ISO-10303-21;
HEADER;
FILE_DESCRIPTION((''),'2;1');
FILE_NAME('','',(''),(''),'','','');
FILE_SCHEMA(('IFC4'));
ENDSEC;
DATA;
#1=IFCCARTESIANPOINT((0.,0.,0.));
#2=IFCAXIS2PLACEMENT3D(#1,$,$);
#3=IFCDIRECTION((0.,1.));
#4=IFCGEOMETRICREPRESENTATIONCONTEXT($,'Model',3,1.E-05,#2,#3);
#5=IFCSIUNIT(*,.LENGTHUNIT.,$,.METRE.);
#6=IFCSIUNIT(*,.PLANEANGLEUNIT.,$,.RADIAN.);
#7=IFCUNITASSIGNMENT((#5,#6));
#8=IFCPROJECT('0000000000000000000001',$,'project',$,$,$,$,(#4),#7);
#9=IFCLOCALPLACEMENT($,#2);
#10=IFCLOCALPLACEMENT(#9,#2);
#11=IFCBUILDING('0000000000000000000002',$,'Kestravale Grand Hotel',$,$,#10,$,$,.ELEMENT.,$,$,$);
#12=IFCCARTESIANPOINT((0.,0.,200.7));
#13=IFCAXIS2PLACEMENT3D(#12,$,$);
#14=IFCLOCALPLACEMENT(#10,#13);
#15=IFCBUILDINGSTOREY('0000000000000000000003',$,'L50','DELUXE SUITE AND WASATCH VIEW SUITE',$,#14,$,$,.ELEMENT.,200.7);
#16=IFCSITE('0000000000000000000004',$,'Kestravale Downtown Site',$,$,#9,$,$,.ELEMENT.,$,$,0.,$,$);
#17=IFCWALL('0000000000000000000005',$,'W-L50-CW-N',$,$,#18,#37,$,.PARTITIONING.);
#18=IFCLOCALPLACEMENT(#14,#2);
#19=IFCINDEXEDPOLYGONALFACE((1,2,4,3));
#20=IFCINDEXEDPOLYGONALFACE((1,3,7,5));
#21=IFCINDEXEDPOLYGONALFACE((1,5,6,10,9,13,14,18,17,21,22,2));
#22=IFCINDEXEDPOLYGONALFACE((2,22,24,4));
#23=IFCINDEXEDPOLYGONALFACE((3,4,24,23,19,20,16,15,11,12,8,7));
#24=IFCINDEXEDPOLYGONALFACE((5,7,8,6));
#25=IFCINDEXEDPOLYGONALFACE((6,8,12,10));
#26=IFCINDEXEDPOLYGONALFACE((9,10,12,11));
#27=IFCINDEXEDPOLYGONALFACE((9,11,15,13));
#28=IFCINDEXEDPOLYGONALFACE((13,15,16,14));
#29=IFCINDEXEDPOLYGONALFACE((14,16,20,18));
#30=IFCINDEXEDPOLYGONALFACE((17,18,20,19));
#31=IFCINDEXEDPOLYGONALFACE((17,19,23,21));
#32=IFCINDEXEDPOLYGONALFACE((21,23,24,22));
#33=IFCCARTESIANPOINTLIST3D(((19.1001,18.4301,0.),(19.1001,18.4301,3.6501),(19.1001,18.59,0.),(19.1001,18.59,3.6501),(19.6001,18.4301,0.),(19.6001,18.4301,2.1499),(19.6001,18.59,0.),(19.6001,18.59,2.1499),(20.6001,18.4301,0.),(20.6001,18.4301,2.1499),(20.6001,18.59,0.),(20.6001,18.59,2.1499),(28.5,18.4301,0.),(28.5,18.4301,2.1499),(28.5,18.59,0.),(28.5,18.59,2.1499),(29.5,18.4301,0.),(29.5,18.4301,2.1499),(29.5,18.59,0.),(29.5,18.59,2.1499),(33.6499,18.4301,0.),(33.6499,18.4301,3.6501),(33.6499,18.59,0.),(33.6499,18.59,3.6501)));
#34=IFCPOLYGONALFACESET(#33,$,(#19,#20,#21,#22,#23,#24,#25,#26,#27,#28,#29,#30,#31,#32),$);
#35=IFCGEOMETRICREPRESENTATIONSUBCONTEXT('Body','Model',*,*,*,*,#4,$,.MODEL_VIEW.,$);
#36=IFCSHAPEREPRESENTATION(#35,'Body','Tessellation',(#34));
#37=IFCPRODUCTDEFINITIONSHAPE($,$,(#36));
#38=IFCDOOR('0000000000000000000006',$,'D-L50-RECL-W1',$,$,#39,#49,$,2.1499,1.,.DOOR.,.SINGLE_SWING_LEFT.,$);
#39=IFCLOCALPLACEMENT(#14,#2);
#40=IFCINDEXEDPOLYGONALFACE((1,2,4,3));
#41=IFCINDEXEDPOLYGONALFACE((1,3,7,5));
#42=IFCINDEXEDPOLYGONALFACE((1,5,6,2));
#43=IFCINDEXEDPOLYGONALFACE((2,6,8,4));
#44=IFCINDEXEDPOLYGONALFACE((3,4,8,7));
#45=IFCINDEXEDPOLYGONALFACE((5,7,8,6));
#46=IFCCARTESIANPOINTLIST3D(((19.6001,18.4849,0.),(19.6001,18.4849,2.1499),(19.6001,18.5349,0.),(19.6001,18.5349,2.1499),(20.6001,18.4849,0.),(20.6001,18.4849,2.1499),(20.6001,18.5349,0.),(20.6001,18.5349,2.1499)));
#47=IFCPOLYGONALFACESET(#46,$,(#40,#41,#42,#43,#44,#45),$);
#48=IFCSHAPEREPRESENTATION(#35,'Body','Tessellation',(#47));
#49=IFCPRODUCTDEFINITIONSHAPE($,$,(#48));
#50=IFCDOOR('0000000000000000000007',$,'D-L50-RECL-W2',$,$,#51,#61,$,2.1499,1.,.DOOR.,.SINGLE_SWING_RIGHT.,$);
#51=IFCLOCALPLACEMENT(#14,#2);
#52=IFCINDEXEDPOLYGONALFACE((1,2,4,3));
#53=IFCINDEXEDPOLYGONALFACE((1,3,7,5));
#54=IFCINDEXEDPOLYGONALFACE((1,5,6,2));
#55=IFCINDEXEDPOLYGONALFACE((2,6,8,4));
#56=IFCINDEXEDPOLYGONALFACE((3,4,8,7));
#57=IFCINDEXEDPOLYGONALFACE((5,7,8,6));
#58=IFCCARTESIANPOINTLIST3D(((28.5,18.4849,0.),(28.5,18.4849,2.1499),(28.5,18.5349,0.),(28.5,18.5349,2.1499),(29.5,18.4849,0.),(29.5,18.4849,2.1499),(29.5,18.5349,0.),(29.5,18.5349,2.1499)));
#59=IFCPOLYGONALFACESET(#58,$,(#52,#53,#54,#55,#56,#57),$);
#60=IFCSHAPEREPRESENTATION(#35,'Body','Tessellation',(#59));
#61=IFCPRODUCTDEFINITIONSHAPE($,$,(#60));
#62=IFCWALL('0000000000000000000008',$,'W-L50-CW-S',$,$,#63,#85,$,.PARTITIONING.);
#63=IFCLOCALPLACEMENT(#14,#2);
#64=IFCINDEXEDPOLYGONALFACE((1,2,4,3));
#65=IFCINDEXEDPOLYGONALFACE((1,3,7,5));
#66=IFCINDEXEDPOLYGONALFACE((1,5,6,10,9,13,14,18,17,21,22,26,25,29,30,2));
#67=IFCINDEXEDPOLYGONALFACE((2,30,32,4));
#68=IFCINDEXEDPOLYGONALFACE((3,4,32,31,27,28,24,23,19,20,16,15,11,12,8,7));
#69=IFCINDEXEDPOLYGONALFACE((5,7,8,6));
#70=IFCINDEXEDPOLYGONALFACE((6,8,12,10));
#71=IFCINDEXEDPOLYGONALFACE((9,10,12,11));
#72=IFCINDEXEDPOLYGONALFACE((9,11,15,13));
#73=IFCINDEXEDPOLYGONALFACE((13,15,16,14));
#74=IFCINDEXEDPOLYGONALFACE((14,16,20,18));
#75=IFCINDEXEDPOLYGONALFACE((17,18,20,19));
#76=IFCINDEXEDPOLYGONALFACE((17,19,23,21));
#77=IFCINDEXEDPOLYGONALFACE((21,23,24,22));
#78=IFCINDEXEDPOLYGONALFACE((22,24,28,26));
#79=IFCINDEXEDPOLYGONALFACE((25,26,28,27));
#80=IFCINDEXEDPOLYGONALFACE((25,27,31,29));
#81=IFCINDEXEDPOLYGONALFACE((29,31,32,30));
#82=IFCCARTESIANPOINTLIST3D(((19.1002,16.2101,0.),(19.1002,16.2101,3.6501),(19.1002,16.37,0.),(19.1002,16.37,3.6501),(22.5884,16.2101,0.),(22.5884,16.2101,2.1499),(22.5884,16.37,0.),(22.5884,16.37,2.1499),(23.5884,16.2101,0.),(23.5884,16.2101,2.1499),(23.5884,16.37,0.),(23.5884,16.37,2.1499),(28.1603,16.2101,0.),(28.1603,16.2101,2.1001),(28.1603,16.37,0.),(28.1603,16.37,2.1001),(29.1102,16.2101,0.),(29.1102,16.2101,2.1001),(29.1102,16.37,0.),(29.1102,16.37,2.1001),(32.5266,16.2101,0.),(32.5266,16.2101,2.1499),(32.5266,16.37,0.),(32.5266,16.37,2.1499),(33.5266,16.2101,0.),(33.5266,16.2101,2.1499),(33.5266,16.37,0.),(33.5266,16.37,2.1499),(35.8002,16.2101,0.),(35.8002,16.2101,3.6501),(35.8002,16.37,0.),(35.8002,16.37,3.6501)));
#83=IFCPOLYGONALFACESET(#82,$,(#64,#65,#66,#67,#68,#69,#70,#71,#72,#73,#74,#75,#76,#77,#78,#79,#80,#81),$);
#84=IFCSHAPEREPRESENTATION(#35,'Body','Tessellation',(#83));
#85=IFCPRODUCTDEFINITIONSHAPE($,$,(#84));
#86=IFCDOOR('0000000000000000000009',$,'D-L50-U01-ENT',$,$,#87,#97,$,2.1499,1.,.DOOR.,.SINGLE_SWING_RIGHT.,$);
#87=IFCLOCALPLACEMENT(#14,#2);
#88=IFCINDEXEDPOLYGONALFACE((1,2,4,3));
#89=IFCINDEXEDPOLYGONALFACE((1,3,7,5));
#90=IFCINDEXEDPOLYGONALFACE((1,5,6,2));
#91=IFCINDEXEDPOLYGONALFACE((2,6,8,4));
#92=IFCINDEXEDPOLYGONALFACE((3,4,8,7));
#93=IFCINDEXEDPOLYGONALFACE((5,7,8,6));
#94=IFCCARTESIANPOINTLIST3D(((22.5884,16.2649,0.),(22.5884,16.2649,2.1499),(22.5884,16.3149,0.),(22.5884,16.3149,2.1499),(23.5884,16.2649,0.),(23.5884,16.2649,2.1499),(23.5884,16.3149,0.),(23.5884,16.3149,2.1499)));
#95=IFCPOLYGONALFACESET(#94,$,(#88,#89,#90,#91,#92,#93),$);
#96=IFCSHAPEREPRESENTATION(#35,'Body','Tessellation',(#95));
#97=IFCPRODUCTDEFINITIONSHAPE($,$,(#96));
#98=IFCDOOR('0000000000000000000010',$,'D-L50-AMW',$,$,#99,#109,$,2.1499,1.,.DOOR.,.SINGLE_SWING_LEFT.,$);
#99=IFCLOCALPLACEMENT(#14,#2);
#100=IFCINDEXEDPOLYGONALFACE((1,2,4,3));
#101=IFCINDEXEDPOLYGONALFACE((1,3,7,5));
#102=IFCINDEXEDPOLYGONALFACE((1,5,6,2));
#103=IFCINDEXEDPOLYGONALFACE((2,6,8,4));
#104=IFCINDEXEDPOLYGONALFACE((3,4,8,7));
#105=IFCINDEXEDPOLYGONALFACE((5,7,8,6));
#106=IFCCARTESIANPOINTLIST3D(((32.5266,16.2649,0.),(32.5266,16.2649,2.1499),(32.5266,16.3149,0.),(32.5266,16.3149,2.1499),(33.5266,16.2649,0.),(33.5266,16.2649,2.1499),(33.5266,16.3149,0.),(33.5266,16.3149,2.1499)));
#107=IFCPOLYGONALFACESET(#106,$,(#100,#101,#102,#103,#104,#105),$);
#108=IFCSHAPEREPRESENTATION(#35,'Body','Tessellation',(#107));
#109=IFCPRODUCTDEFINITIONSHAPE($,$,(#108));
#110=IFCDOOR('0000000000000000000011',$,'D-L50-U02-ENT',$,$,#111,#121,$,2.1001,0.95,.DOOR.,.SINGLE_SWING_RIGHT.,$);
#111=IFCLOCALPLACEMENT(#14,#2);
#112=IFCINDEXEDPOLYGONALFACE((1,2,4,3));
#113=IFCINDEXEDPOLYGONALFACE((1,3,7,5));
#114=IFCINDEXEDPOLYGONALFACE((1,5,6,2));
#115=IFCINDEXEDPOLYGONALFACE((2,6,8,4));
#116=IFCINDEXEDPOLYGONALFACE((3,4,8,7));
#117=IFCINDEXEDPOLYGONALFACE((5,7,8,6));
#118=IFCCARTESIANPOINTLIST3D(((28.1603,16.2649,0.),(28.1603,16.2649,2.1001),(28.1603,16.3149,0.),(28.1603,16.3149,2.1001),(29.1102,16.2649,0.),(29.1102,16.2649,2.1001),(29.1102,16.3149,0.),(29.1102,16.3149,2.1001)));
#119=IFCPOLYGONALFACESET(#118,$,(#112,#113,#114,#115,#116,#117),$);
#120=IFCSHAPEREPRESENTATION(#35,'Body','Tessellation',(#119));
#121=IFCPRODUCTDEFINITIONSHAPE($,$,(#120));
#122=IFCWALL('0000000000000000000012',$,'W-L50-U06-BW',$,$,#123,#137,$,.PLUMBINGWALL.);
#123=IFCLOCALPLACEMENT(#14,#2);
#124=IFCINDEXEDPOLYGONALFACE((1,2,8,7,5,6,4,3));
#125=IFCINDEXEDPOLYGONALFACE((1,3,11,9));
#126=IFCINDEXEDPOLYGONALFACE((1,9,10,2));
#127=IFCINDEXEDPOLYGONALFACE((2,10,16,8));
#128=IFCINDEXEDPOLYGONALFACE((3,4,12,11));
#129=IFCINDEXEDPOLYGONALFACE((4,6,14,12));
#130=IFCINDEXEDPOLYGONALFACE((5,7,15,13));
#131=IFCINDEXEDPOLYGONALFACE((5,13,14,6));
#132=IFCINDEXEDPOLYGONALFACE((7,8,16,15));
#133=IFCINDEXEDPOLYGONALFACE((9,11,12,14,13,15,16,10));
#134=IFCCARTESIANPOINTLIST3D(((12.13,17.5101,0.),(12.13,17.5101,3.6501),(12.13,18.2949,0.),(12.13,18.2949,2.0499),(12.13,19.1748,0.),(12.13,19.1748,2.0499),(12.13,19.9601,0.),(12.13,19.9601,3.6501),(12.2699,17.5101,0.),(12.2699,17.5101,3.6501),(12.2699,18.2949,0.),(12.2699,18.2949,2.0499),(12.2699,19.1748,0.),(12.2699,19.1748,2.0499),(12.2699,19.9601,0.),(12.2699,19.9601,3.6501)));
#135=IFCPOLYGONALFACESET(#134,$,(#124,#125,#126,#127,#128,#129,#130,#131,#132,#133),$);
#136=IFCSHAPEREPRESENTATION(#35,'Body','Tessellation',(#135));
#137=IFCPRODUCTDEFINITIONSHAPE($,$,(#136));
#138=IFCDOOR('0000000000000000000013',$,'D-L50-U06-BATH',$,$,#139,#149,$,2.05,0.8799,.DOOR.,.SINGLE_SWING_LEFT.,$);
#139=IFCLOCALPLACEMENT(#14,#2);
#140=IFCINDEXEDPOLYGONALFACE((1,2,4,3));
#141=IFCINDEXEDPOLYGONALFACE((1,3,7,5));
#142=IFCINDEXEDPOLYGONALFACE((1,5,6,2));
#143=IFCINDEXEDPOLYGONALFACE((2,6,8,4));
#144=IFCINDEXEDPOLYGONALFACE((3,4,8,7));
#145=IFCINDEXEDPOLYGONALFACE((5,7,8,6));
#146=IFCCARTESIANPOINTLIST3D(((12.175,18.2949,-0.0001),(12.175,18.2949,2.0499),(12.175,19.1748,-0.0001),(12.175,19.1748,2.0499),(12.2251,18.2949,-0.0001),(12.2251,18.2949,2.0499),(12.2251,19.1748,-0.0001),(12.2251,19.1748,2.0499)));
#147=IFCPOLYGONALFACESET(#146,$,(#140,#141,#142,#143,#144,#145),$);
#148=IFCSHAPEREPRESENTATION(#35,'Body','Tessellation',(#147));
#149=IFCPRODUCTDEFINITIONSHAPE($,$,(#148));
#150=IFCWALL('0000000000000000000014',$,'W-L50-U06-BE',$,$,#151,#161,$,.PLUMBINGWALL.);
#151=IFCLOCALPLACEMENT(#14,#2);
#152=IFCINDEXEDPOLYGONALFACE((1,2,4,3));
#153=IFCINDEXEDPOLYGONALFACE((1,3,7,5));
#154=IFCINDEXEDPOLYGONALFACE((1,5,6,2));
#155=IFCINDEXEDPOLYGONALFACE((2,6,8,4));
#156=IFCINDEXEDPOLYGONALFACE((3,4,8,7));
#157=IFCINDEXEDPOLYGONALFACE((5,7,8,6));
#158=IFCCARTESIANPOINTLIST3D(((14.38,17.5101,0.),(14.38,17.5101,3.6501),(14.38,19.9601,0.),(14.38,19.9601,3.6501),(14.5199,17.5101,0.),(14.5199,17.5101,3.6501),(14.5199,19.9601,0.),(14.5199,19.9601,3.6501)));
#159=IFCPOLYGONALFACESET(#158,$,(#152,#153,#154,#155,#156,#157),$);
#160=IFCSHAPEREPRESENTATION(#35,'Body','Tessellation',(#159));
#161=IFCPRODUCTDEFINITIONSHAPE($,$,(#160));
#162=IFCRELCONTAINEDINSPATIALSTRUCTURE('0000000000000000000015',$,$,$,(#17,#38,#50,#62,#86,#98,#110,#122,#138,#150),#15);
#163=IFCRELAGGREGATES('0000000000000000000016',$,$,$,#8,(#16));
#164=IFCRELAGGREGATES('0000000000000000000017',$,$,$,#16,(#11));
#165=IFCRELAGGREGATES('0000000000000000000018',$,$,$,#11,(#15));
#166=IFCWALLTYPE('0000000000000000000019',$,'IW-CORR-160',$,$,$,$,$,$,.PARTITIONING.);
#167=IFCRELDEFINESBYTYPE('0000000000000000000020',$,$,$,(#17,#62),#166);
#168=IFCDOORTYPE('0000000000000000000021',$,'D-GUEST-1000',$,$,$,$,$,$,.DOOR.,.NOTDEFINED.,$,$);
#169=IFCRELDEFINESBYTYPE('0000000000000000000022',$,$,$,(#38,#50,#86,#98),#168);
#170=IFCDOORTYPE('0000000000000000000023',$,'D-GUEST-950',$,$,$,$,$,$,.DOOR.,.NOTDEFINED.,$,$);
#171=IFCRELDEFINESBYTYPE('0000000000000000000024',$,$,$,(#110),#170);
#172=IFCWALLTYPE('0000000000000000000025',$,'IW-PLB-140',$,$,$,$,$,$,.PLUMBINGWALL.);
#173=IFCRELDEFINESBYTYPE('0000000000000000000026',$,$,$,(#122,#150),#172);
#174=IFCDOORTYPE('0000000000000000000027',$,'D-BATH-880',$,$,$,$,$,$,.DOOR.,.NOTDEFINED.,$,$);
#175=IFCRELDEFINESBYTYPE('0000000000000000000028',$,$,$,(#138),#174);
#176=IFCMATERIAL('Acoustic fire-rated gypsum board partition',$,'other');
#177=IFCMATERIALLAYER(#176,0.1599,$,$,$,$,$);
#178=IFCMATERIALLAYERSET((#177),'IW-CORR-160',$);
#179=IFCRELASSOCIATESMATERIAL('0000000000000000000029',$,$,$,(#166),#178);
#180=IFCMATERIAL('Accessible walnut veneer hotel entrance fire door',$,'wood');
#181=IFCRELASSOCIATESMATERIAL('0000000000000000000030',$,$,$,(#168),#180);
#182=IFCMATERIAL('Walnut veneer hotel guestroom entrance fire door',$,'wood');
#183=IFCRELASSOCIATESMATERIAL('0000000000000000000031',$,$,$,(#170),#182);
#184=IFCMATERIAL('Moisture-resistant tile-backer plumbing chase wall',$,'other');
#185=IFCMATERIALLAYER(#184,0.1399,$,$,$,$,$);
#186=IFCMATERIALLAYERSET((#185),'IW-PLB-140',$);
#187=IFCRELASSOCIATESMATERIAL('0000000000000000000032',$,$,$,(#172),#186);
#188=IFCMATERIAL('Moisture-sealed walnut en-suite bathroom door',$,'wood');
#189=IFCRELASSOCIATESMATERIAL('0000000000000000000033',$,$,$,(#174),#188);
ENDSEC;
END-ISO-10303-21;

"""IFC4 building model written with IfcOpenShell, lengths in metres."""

from ifc_helpers import new_model, si_unit, direction, frame, frame_2d, origin, place, context, subcontext, project, spatial, rectangle, extrude, material, layer, layer_set, type_object, element, fill, save


model = new_model("IFC4")

# Units and contexts
model_context = context("Model", 3, precision=1e-05, world=origin(), true_north=direction((0.0, 1.0)))
body_context = subcontext(model_context, "Body", "Model", "MODEL_VIEW")
ifc_project = project(units=[si_unit("LENGTHUNIT", "METRE"), si_unit("PLANEANGLEUNIT", "RADIAN")], contexts=[model_context])

# Site, building, storey
site_placement = place(None, origin())
site = spatial("IfcSite", under=ifc_project, at=site_placement, Name="Kestravale Downtown Site", CompositionType="ELEMENT", RefElevation=0.0)
building_placement = place(site_placement, origin())
building = spatial("IfcBuilding", under=site, at=building_placement, Name="Kestravale Grand Hotel", CompositionType="ELEMENT")
storey_placement = place(building_placement, frame((0.0, 0.0, 200.7)))
storey = spatial("IfcBuildingStorey", under=building, at=storey_placement, Name="L50", Description="DELUXE SUITE AND WASATCH VIEW SUITE", CompositionType="ELEMENT", Elevation=200.7)

# Walls, openings, doors
ifc_material_1 = material(Name="Acoustic fire-rated gypsum board partition", Category="other")
ifc_layer_1 = layer(ifc_material_1, 0.1599)
ifc_layer_set_1 = layer_set([ifc_layer_1], Name="IW-CORR-160")
wall_type_1 = type_object("IfcWallType", Name="IW-CORR-160", PredefinedType="PARTITIONING", material=ifc_layer_set_1)
wall_1_placement = place(storey_placement, frame((19.1001, 18.51, 0.0), z_axis=(0.0, 0.0, 1.0), x_axis=(1.0, 0.0, 0.0)))
wall_1 = element("IfcWall", 1, at=wall_1_placement, inside=storey, type_object=wall_type_1, Name="W-L50-CW-N", PredefinedType="PARTITIONING", context=body_context, shape_type="SweptSolid", body=[
    extrude(rectangle(XDim=14.5498, YDim=0.1599, at=frame_2d((7.2749, 0.0))), origin(), (0.0, 0.0, 1.0), 3.6501),
])
opening_1_placement = place(wall_1_placement, frame((0.5, 0.0, 0.0)))
opening_1 = element("IfcOpeningElement", 2, at=opening_1_placement, cuts=wall_1, PredefinedType="OPENING", context=body_context, shape_type="SweptSolid", body=[
    extrude(rectangle(XDim=1.0, YDim=2.1499, at=frame_2d((0.5, 1.075))), frame((0.0, 0.0898, 0.0), z_axis=(0.0, -1.0, 0.0), x_axis=(1.0, 0.0, 0.0)), (0.0, 0.0, 1.0), 0.1799),
])
opening_2_placement = place(wall_1_placement, frame((9.3999, 0.0, 0.0)))
opening_2 = element("IfcOpeningElement", 3, at=opening_2_placement, cuts=wall_1, PredefinedType="OPENING", context=body_context, shape_type="SweptSolid", body=[
    extrude(rectangle(XDim=1.0, YDim=2.1499, at=frame_2d((0.5, 1.075))), frame((0.0, 0.0898, 0.0), z_axis=(0.0, -1.0, 0.0), x_axis=(1.0, 0.0, 0.0)), (0.0, 0.0, 1.0), 0.1799),
])
ifc_material_2 = material(Name="Accessible walnut veneer hotel entrance fire door", Category="wood")
door_type_1 = type_object("IfcDoorType", Name="D-GUEST-1000", OperationType="NOTDEFINED", PredefinedType="DOOR", material=ifc_material_2)
door_1_placement = place(opening_1_placement, origin())
door_1 = element("IfcDoor", 4, at=door_1_placement, inside=storey, type_object=door_type_1, Name="D-L50-RECL-W1", OperationType="SINGLE_SWING_LEFT", OverallHeight=2.1499, OverallWidth=1.0, PredefinedType="DOOR", context=body_context, shape_type="SweptSolid", body=[
    extrude(rectangle(XDim=1.0, YDim=2.1499, at=frame_2d((0.5, 1.075))), frame((0.0, 0.0249, 0.0), z_axis=(0.0, -1.0, 0.0), x_axis=(1.0, 0.0, 0.0)), (0.0, 0.0, 1.0), 0.05),
])
fill(opening_1, door_1)
door_2_placement = place(opening_2_placement, origin())
door_2 = element("IfcDoor", 5, at=door_2_placement, inside=storey, type_object=door_type_1, Name="D-L50-RECL-W2", OperationType="SINGLE_SWING_RIGHT", OverallHeight=2.1499, OverallWidth=1.0, PredefinedType="DOOR", context=body_context, shape_type="SweptSolid", body=[
    extrude(rectangle(XDim=1.0, YDim=2.1499, at=frame_2d((0.5, 1.075))), frame((0.0, 0.0249, 0.0), z_axis=(0.0, -1.0, 0.0), x_axis=(1.0, 0.0, 0.0)), (0.0, 0.0, 1.0), 0.05),
])
fill(opening_2, door_2)
wall_2_placement = place(storey_placement, frame((19.1001, 16.29, 0.0), z_axis=(0.0, 0.0, 1.0), x_axis=(1.0, 0.0, 0.0)))
wall_2 = element("IfcWall", 6, at=wall_2_placement, inside=storey, type_object=wall_type_1, Name="W-L50-CW-S", PredefinedType="PARTITIONING", context=body_context, shape_type="SweptSolid", body=[
    extrude(rectangle(XDim=16.7, YDim=0.1599, at=frame_2d((8.3501, 0.0))), origin(), (0.0, 0.0, 1.0), 3.6501),
])
opening_3_placement = place(wall_2_placement, frame((3.4883, 0.0, 0.0)))
opening_3 = element("IfcOpeningElement", 7, at=opening_3_placement, cuts=wall_2, PredefinedType="OPENING", context=body_context, shape_type="SweptSolid", body=[
    extrude(rectangle(XDim=1.0, YDim=2.1499, at=frame_2d((0.5, 1.075))), frame((0.0, 0.0898, 0.0), z_axis=(0.0, -1.0, 0.0), x_axis=(1.0, 0.0, 0.0)), (0.0, 0.0, 1.0), 0.1799),
])
opening_4_placement = place(wall_2_placement, frame((9.0601, 0.0, 0.0)))
opening_4 = element("IfcOpeningElement", 8, at=opening_4_placement, cuts=wall_2, PredefinedType="OPENING", context=body_context, shape_type="SweptSolid", body=[
    extrude(rectangle(XDim=0.95, YDim=2.1001, at=frame_2d((0.4751, 1.05))), frame((0.0, 0.0898, 0.0), z_axis=(0.0, -1.0, 0.0), x_axis=(1.0, 0.0, 0.0)), (0.0, 0.0, 1.0), 0.1799),
])
opening_5_placement = place(wall_2_placement, frame((13.4265, 0.0, 0.0)))
opening_5 = element("IfcOpeningElement", 9, at=opening_5_placement, cuts=wall_2, PredefinedType="OPENING", context=body_context, shape_type="SweptSolid", body=[
    extrude(rectangle(XDim=1.0, YDim=2.1499, at=frame_2d((0.5, 1.075))), frame((0.0, 0.0898, 0.0), z_axis=(0.0, -1.0, 0.0), x_axis=(1.0, 0.0, 0.0)), (0.0, 0.0, 1.0), 0.1799),
])
door_3_placement = place(opening_3_placement, origin())
door_3 = element("IfcDoor", 10, at=door_3_placement, inside=storey, type_object=door_type_1, Name="D-L50-U01-ENT", OperationType="SINGLE_SWING_RIGHT", OverallHeight=2.1499, OverallWidth=1.0, PredefinedType="DOOR", context=body_context, shape_type="SweptSolid", body=[
    extrude(rectangle(XDim=1.0, YDim=2.1499, at=frame_2d((0.5, 1.075))), frame((0.0, 0.0249, 0.0), z_axis=(0.0, -1.0, 0.0), x_axis=(1.0, 0.0, 0.0)), (0.0, 0.0, 1.0), 0.05),
])
fill(opening_3, door_3)
door_4_placement = place(opening_5_placement, origin())
door_4 = element("IfcDoor", 11, at=door_4_placement, inside=storey, type_object=door_type_1, Name="D-L50-AMW", OperationType="SINGLE_SWING_LEFT", OverallHeight=2.1499, OverallWidth=1.0, PredefinedType="DOOR", context=body_context, shape_type="SweptSolid", body=[
    extrude(rectangle(XDim=1.0, YDim=2.1499, at=frame_2d((0.5, 1.075))), frame((0.0, 0.0249, 0.0), z_axis=(0.0, -1.0, 0.0), x_axis=(1.0, 0.0, 0.0)), (0.0, 0.0, 1.0), 0.05),
])
fill(opening_5, door_4)
ifc_material_3 = material(Name="Walnut veneer hotel guestroom entrance fire door", Category="wood")
door_type_2 = type_object("IfcDoorType", Name="D-GUEST-950", OperationType="NOTDEFINED", PredefinedType="DOOR", material=ifc_material_3)
door_5_placement = place(opening_4_placement, origin())
door_5 = element("IfcDoor", 12, at=door_5_placement, inside=storey, type_object=door_type_2, Name="D-L50-U02-ENT", OperationType="SINGLE_SWING_RIGHT", OverallHeight=2.1001, OverallWidth=0.95, PredefinedType="DOOR", context=body_context, shape_type="SweptSolid", body=[
    extrude(rectangle(XDim=0.95, YDim=2.1001, at=frame_2d((0.4751, 1.05))), frame((0.0, 0.0249, 0.0), z_axis=(0.0, -1.0, 0.0), x_axis=(1.0, 0.0, 0.0)), (0.0, 0.0, 1.0), 0.05),
])
fill(opening_4, door_5)

# Wall, opening, door
ifc_material_4 = material(Name="Moisture-resistant tile-backer plumbing chase wall", Category="other")
ifc_layer_2 = layer(ifc_material_4, 0.1399)
ifc_layer_set_2 = layer_set([ifc_layer_2], Name="IW-PLB-140")
wall_type_2 = type_object("IfcWallType", Name="IW-PLB-140", PredefinedType="PLUMBINGWALL", material=ifc_layer_set_2)
wall_3_placement = place(storey_placement, frame((12.2, 17.51, 0.0), z_axis=(0.0, 0.0, 1.0), x_axis=(0.0, 1.0, 0.0)))
wall_3 = element("IfcWall", 13, at=wall_3_placement, inside=storey, type_object=wall_type_2, Name="W-L50-U06-BW", PredefinedType="PLUMBINGWALL", context=body_context, shape_type="SweptSolid", body=[
    extrude(rectangle(XDim=2.45, YDim=0.1399, at=frame_2d((1.2251, 0.0))), origin(), (0.0, 0.0, 1.0), 3.6501),
])
opening_6_placement = place(wall_3_placement, frame((0.7849, 0.0, 0.0)))
opening_6 = element("IfcOpeningElement", 14, at=opening_6_placement, cuts=wall_3, PredefinedType="OPENING", context=body_context, shape_type="SweptSolid", body=[
    extrude(rectangle(XDim=0.8799, YDim=2.05, at=frame_2d((0.4399, 1.0249))), frame((0.0, 0.0798, 0.0), z_axis=(0.0, -1.0, 0.0), x_axis=(1.0, 0.0, 0.0)), (0.0, 0.0, 1.0), 0.1599),
])
ifc_material_5 = material(Name="Moisture-sealed walnut en-suite bathroom door", Category="wood")
door_type_3 = type_object("IfcDoorType", Name="D-BATH-880", OperationType="NOTDEFINED", PredefinedType="DOOR", material=ifc_material_5)
door_6_placement = place(opening_6_placement, origin())
door_6 = element("IfcDoor", 15, at=door_6_placement, inside=storey, type_object=door_type_3, Name="D-L50-U06-BATH", OperationType="SINGLE_SWING_LEFT", OverallHeight=2.05, OverallWidth=0.8799, PredefinedType="DOOR", context=body_context, shape_type="SweptSolid", body=[
    extrude(rectangle(XDim=0.8799, YDim=2.05, at=frame_2d((0.4399, 1.0249))), frame((0.0, 0.0249, 0.0), z_axis=(0.0, -1.0, 0.0), x_axis=(1.0, 0.0, 0.0)), (0.0, 0.0, 1.0), 0.05),
])
fill(opening_6, door_6)

# Wall
wall_4_placement = place(storey_placement, frame((14.45, 17.51, 0.0), z_axis=(0.0, 0.0, 1.0), x_axis=(0.0, 1.0, 0.0)))
element("IfcWall", 16, at=wall_4_placement, inside=storey, type_object=wall_type_2, Name="W-L50-U06-BE", PredefinedType="PLUMBINGWALL", context=body_context, shape_type="SweptSolid", body=[
    extrude(rectangle(XDim=2.45, YDim=0.1399, at=frame_2d((1.2251, 0.0))), origin(), (0.0, 0.0, 1.0), 3.6501),
])

save(model, "model.ifc")
